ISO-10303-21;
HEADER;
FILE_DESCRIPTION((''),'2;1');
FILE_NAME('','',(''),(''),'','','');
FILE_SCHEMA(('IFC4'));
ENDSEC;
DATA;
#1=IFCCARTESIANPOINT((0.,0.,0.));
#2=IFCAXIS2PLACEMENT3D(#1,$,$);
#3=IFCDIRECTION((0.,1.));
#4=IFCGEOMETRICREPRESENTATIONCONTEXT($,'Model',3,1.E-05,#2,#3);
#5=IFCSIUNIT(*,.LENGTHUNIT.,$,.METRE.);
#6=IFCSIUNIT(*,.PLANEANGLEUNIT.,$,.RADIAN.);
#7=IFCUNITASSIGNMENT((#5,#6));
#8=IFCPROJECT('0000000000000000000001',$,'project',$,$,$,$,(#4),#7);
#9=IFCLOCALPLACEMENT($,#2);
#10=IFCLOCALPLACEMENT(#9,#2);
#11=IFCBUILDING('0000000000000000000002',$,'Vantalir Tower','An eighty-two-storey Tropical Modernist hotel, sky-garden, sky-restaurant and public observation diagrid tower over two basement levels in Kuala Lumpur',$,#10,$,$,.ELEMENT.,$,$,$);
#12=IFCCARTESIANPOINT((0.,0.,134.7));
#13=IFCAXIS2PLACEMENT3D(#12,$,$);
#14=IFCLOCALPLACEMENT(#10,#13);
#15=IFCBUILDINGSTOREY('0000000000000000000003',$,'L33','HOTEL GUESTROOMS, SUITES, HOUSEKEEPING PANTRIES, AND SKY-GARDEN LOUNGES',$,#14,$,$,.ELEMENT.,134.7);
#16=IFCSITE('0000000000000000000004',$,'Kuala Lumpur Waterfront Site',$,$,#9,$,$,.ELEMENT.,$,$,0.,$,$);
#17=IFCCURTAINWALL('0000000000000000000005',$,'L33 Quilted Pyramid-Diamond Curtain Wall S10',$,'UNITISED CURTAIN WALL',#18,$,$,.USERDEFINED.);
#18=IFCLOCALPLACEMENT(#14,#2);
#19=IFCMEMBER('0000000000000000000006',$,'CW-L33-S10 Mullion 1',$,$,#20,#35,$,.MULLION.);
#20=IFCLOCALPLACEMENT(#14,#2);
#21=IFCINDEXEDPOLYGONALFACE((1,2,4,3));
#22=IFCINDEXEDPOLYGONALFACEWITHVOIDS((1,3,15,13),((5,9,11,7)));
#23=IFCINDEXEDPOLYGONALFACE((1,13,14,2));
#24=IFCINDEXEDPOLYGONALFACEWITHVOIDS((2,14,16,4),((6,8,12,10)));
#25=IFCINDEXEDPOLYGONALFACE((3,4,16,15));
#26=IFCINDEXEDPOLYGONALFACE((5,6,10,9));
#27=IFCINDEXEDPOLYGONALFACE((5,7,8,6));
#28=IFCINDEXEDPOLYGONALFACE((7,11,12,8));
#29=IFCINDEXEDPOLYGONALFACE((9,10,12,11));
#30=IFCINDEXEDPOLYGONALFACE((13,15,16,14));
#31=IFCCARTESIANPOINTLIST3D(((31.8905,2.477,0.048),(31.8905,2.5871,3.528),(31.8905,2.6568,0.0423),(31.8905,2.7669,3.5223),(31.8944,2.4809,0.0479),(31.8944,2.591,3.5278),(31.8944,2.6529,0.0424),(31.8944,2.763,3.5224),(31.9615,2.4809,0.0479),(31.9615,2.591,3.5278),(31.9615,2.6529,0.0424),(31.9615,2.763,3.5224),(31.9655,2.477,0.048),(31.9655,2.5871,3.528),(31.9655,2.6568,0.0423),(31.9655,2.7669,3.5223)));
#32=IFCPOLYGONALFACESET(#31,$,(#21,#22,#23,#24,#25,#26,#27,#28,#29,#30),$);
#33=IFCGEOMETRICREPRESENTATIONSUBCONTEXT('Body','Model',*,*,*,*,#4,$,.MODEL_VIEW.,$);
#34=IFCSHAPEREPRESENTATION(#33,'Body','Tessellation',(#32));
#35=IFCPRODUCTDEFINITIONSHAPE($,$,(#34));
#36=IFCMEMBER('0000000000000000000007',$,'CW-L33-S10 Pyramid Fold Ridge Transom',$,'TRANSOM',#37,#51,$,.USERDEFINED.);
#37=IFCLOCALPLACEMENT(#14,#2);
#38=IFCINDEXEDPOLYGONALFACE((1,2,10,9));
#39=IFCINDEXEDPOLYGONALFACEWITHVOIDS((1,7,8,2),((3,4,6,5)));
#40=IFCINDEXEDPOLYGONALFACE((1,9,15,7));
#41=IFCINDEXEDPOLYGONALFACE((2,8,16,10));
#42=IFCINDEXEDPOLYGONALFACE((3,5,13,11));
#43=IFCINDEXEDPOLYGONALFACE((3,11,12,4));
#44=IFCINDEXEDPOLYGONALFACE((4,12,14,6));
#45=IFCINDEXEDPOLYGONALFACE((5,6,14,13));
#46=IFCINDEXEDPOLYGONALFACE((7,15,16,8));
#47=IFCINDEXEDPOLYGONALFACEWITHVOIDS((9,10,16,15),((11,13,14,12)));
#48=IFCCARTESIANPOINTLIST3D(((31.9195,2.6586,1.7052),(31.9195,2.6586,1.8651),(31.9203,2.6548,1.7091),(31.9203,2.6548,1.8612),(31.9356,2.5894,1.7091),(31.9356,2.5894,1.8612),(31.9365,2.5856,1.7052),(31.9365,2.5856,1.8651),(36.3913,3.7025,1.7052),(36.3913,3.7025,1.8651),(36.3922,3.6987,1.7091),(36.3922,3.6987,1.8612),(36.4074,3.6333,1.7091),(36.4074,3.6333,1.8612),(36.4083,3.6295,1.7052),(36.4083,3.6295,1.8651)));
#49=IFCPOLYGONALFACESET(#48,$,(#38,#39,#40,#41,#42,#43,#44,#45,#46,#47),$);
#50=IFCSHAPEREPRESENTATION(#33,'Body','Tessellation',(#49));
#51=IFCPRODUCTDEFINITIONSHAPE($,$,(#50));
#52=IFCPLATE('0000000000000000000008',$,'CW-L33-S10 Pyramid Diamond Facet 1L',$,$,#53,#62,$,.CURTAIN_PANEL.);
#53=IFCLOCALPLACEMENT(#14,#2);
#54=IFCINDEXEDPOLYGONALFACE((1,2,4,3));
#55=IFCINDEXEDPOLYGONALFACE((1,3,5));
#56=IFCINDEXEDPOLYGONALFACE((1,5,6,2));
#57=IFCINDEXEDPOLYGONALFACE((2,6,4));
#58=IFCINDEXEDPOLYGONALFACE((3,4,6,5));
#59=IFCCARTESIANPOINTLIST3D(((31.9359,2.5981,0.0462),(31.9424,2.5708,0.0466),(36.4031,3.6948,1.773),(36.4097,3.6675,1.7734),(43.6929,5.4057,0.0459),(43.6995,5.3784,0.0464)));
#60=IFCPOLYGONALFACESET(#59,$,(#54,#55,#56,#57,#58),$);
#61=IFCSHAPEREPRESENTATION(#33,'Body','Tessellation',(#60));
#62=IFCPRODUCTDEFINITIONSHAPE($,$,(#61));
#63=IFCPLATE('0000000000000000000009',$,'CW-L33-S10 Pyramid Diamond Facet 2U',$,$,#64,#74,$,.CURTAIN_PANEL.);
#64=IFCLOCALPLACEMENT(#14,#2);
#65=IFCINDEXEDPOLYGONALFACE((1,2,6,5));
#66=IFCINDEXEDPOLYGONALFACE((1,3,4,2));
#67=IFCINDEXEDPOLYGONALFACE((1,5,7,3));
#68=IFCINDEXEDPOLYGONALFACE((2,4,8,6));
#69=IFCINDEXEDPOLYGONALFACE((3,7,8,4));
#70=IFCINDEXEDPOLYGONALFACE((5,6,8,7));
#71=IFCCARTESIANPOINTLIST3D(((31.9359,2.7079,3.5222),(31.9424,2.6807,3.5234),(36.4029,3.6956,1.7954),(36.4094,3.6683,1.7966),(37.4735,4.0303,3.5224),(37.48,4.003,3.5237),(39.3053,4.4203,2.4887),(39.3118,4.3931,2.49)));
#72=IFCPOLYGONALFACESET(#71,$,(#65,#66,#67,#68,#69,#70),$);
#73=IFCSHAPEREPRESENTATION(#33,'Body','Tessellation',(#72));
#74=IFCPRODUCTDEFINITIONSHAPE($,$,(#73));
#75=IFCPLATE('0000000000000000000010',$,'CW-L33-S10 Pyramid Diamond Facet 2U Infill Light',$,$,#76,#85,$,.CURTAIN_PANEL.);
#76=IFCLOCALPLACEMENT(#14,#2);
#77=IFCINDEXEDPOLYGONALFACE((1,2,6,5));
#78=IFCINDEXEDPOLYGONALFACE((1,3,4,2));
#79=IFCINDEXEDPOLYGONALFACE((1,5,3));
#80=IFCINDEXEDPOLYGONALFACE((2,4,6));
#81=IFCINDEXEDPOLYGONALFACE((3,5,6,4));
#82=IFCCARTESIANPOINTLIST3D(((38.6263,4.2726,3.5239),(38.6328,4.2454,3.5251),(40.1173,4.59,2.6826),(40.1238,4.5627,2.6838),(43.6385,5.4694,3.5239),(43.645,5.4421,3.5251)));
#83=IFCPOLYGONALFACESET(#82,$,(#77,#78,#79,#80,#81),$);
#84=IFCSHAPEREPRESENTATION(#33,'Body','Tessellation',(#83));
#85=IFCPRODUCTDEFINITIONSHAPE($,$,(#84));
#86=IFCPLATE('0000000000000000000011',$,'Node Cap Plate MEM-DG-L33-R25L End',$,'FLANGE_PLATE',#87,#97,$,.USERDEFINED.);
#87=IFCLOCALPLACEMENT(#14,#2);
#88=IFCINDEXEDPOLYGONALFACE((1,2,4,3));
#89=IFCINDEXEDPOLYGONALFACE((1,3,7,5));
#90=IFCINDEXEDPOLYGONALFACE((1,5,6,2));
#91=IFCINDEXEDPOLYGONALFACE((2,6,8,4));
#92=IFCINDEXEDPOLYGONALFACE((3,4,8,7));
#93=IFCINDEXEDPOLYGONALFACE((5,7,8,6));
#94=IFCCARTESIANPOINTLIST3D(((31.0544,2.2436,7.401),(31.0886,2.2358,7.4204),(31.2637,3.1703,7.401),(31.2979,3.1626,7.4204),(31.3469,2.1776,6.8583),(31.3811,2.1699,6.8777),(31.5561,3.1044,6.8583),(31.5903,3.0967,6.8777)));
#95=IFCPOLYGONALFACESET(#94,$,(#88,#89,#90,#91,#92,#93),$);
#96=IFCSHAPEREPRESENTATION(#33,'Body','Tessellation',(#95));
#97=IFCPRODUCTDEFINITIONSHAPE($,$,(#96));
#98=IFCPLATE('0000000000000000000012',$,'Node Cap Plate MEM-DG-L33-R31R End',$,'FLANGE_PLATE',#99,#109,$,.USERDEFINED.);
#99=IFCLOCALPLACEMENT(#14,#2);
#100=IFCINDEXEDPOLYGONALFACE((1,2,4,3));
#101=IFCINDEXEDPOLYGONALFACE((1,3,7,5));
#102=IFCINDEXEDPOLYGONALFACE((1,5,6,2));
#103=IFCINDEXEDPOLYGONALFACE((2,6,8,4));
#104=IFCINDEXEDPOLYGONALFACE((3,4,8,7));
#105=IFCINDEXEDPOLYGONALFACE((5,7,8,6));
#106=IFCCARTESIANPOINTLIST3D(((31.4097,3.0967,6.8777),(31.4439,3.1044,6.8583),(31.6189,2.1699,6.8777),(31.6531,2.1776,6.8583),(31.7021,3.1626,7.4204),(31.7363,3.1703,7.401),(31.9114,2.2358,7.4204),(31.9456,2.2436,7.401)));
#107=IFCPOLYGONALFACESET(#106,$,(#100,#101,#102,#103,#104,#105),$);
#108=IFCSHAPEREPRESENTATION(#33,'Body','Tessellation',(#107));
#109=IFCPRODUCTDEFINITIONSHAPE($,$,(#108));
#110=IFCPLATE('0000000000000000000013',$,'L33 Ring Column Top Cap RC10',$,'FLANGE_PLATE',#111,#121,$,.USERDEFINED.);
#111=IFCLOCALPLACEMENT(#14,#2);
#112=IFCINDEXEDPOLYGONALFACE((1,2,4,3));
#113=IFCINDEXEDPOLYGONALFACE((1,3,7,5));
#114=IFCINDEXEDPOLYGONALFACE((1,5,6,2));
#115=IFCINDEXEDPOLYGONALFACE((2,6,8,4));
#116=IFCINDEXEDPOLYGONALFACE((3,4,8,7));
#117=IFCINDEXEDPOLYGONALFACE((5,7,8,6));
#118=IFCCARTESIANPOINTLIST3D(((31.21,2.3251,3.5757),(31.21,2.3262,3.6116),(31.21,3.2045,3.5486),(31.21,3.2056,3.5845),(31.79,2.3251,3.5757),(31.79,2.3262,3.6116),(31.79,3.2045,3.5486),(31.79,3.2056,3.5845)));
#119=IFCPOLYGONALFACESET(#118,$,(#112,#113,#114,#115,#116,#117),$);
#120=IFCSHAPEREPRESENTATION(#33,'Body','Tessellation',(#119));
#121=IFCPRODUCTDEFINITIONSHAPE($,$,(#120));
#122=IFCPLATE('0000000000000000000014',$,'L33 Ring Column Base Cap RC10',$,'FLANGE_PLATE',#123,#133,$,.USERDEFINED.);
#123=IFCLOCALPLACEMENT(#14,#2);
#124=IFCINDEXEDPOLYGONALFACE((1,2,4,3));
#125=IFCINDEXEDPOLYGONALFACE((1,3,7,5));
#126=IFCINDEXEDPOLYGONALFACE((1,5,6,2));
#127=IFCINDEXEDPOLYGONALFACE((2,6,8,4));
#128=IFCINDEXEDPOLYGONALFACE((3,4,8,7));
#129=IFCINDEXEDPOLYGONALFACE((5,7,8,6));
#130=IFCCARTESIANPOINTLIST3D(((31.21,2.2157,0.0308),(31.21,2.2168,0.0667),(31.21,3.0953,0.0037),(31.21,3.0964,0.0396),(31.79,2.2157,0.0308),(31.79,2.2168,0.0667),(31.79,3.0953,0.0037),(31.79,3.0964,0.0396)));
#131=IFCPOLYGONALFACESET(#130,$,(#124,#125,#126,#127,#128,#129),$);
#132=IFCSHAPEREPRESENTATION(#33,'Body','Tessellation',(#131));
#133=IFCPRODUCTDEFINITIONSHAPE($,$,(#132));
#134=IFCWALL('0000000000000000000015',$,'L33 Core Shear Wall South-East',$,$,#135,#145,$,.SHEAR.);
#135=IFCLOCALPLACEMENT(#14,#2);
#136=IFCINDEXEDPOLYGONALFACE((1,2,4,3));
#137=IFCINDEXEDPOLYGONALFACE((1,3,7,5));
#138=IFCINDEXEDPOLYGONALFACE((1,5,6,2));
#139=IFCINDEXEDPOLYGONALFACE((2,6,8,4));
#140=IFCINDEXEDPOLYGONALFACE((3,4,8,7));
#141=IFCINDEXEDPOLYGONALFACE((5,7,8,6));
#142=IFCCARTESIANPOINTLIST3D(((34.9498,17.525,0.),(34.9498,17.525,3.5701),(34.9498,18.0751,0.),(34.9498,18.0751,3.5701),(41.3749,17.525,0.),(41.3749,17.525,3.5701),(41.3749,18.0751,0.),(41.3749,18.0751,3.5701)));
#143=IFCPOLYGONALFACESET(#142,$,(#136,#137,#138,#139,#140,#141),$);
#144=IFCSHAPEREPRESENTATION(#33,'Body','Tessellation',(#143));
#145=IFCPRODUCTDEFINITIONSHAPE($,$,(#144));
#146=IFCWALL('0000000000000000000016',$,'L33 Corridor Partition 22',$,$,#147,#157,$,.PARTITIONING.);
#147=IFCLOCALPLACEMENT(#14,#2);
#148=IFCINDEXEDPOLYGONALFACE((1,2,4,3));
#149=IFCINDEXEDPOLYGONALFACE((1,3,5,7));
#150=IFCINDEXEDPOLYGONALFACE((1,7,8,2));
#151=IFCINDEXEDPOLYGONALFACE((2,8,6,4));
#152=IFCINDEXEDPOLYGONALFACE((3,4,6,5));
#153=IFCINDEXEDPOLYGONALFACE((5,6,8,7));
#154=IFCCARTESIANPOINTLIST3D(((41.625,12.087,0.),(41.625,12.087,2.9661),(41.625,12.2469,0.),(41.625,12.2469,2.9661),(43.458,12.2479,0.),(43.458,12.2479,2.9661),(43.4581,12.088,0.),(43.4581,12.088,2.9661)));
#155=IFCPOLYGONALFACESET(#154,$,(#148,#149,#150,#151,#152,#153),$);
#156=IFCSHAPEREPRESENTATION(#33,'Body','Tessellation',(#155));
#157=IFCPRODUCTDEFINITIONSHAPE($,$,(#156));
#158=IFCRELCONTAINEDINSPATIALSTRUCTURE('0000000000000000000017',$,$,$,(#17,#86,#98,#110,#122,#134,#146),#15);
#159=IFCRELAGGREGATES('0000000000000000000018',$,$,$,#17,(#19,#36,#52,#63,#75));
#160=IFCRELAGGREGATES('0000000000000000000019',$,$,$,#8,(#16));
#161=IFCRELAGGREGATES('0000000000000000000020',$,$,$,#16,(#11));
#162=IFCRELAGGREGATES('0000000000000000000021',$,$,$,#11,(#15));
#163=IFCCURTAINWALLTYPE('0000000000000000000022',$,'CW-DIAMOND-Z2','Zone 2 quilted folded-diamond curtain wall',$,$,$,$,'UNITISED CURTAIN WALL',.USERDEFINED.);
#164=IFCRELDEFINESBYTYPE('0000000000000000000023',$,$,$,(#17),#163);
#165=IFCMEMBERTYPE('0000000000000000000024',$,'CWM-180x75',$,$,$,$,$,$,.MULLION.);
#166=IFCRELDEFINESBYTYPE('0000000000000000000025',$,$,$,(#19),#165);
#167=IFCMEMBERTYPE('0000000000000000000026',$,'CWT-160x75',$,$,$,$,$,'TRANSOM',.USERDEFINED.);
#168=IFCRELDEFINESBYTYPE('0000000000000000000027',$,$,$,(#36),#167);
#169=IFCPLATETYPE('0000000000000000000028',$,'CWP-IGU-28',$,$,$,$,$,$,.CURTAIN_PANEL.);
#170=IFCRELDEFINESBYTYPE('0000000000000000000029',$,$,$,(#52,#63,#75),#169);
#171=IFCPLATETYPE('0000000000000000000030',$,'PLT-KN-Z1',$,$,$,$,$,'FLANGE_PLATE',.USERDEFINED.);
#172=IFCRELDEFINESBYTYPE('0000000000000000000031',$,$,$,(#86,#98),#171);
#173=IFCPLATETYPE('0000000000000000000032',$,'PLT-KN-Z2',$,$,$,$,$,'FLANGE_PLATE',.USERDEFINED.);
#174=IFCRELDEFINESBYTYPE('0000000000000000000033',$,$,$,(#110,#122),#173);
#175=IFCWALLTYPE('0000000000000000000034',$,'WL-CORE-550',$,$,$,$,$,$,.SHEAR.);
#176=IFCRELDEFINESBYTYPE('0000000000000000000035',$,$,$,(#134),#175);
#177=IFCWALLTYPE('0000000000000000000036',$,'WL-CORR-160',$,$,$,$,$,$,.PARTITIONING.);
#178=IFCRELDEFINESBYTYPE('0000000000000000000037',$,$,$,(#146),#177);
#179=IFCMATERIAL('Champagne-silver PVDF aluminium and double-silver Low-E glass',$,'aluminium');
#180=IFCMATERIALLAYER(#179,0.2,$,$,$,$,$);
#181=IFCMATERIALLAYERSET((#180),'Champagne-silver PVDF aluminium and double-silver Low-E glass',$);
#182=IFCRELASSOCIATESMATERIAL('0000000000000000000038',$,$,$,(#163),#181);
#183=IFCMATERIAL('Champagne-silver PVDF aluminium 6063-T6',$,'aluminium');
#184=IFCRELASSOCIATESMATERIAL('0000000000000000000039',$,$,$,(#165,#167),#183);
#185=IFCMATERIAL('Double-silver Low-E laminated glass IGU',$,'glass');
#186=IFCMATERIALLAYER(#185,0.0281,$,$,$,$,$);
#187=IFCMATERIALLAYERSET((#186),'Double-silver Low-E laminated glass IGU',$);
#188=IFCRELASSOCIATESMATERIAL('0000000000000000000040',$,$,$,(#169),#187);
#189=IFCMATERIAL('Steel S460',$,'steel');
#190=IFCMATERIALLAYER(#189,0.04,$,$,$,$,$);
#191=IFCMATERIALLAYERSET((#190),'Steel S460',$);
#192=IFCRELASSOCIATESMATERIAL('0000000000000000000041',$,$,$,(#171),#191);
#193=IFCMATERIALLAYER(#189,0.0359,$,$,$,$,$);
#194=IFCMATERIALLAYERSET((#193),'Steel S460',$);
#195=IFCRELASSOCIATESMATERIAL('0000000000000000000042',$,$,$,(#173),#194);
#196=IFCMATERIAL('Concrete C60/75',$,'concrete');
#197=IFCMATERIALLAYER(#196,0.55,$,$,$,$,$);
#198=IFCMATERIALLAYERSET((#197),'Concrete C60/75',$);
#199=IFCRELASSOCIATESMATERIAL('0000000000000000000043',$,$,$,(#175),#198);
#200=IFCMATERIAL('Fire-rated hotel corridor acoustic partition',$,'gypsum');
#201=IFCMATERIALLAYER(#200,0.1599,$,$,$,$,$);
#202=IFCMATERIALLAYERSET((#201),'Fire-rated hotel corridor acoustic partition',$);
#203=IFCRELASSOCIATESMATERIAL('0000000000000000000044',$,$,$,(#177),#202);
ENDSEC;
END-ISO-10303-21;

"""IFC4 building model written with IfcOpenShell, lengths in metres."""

from ifc_helpers import new_model, si_unit, direction, frame, frame_2d, origin, origin_2d, place, context, subcontext, project, spatial, polyline, rectangle, hollow_rectangle, outline, extrude, material, layer, layer_set, material_profile, profile_set, type_object, element, aggregate, save


model = new_model("IFC4")

# Units and contexts
model_context = context("Model", 3, precision=1e-05, world=origin(), true_north=direction((0.0, 1.0)))
body_context = subcontext(model_context, "Body", "Model", "MODEL_VIEW")
ifc_project = project(units=[si_unit("LENGTHUNIT", "METRE"), si_unit("PLANEANGLEUNIT", "RADIAN")], contexts=[model_context])

# Site, building, storey
site_placement = place(None, origin())
site = spatial("IfcSite", under=ifc_project, at=site_placement, Name="Kuala Lumpur Waterfront Site", CompositionType="ELEMENT", RefElevation=0.0)
building_placement = place(site_placement, origin())
building = spatial("IfcBuilding", under=site, at=building_placement, Name="Vantalir Tower", Description="An eighty-two-storey Tropical Modernist hotel, sky-garden, sky-restaurant and public observation diagrid tower over two basement levels in Kuala Lumpur", CompositionType="ELEMENT")
storey_placement = place(building_placement, frame((0.0, 0.0, 134.7)))
storey = spatial("IfcBuildingStorey", under=building, at=storey_placement, Name="L33", Description="HOTEL GUESTROOMS, SUITES, HOUSEKEEPING PANTRIES, AND SKY-GARDEN LOUNGES", CompositionType="ELEMENT", Elevation=134.7)

# Shared definitions
ifc_material_1 = material(Name="Concrete C60/75", Category="concrete")
ifc_material_2 = material(Name="Steel S460", Category="steel")

# Curtain wall, members, plates
ifc_material_3 = material(Name="Champagne-silver PVDF aluminium and double-silver Low-E glass", Category="aluminium")
ifc_layer_1 = layer(ifc_material_3, 0.2)
ifc_layer_set_1 = layer_set([ifc_layer_1], Name="Champagne-silver PVDF aluminium and double-silver Low-E glass")
curtain_wall_type = type_object("IfcCurtainWallType", Name="CW-DIAMOND-Z2", Description="Zone 2 quilted folded-diamond curtain wall", ElementType="UNITISED CURTAIN WALL", PredefinedType="USERDEFINED", material=ifc_layer_set_1)
curtain_wall_placement = place(storey_placement, origin())
curtain_wall = element("IfcCurtainWall", 1, at=curtain_wall_placement, inside=storey, type_object=curtain_wall_type, Name="L33 Quilted Pyramid-Diamond Curtain Wall S10", ObjectType="UNITISED CURTAIN WALL", PredefinedType="USERDEFINED")
ifc_material_4 = material(Name="Champagne-silver PVDF aluminium 6063-T6", Category="aluminium")
ifc_material_profile_1 = material_profile(ifc_material_4, hollow_rectangle(XDim=0.075, YDim=0.1799, WallThickness=0.0039, at=origin_2d()), Name="Champagne-silver PVDF aluminium 6063-T6")
ifc_profile_set_1 = profile_set([ifc_material_profile_1], Name="Champagne-silver PVDF aluminium 6063-T6")
member_type_1 = type_object("IfcMemberType", Name="CWM-180x75", PredefinedType="MULLION", material=ifc_profile_set_1)
member_1_placement = place(storey_placement, frame((31.928, 2.5669, 0.0452), z_axis=(0.0, 0.031624, 0.9995), x_axis=(-1.0, 0.0, 0.0)))
member_1 = element("IfcMember", 2, at=member_1_placement, type_object=member_type_1, Name="CW-L33-S10 Mullion 1", PredefinedType="MULLION", context=body_context, shape_type="SweptSolid", body=[
    extrude(hollow_rectangle(XDim=0.075, YDim=0.1799, WallThickness=0.0039, at=origin_2d()), origin(), (0.0, 0.0, 1.0), 3.4817),
])
ifc_material_profile_2 = material_profile(ifc_material_4, hollow_rectangle(XDim=0.075, YDim=0.1599, WallThickness=0.0039, at=origin_2d()), Name="Champagne-silver PVDF aluminium 6063-T6")
ifc_profile_set_2 = profile_set([ifc_material_profile_2], Name="Champagne-silver PVDF aluminium 6063-T6")
member_type_2 = type_object("IfcMemberType", Name="CWT-160x75", ElementType="TRANSOM", PredefinedType="USERDEFINED", material=ifc_profile_set_2)
member_2_placement = place(storey_placement, frame((31.928, 2.6221, 1.7852), z_axis=(0.973817, 0.227332, 0.0), x_axis=(-0.227332, 0.973817, 0.0)))
member_2 = element("IfcMember", 3, at=member_2_placement, type_object=member_type_2, Name="CW-L33-S10 Pyramid Fold Ridge Transom", ObjectType="TRANSOM", PredefinedType="USERDEFINED", context=body_context, shape_type="SweptSolid", body=[
    extrude(hollow_rectangle(XDim=0.075, YDim=0.1599, WallThickness=0.0039, at=origin_2d()), origin(), (0.0, 0.0, 1.0), 4.592),
])
ifc_material_5 = material(Name="Double-silver Low-E laminated glass IGU", Category="glass")
ifc_layer_2 = layer(ifc_material_5, 0.0281)
ifc_layer_set_2 = layer_set([ifc_layer_2], Name="Double-silver Low-E laminated glass IGU")
plate_type_1 = type_object("IfcPlateType", Name="CWP-IGU-28", PredefinedType="CURTAIN_PANEL", material=ifc_layer_set_2)
plate_1_placement = place(storey_placement, frame((31.9424, 2.5708, 0.0466), z_axis=(0.232239, -0.972513, 0.016828), x_axis=(0.972651, 0.232271, -0.00002)))
plate_1 = element("IfcPlate", 4, at=plate_1_placement, type_object=plate_type_1, Name="CW-L33-S10 Pyramid Diamond Facet 1L", PredefinedType="CURTAIN_PANEL", context=body_context, shape_type="SweptSolid", body=[
    extrude(outline(polyline([(0.0, 0.0), (12.0877, 0.0), (4.5998, 1.7271), (0.0, 0.0)])), origin(), (0.0, 0.0, -1.0), 0.0281),
])
plate_2_placement = place(storey_placement, frame((31.9424, 2.6807, 3.5234), z_axis=(0.232028, -0.971691, 0.044493), x_axis=(0.972654, 0.23226, 0.000042)))
plate_2 = element("IfcPlate", 5, at=plate_2_placement, type_object=plate_type_1, Name="CW-L33-S10 Pyramid Diamond Facet 2U", PredefinedType="CURTAIN_PANEL", context=body_context, shape_type="SweptSolid", body=[
    extrude(outline(polyline([(0.0, 0.0), (5.6933, 0.0), (7.5655, -1.0348), (4.5742, -1.7287), (0.0, 0.0)])), origin(), (0.0, 0.0, -1.0), 0.0281),
])
plate_3_placement = place(storey_placement, frame((38.6328, 4.2454, 3.5251), z_axis=(0.232013, -0.97169, 0.044604), x_axis=(0.972658, 0.232244, 0.0)))
plate_3 = element("IfcPlate", 6, at=plate_3_placement, type_object=plate_type_1, Name="CW-L33-S10 Pyramid Diamond Facet 2U Infill Light", PredefinedType="CURTAIN_PANEL", context=body_context, shape_type="SweptSolid", body=[
    extrude(outline(polyline([(0.0, 0.0), (5.1531, 0.0), (1.5239, -0.8421), (0.0, 0.0)])), origin(), (0.0, 0.0, -1.0), 0.0281),
])
aggregate(curtain_wall, [member_1, member_2, plate_1, plate_2, plate_3])

# Plates
ifc_layer_3 = layer(ifc_material_2, 0.04)
ifc_layer_set_3 = layer_set([ifc_layer_3], Name="Steel S460")
plate_type_2 = type_object("IfcPlateType", Name="PLT-KN-Z1", ElementType="FLANGE_PLATE", PredefinedType="USERDEFINED", material=ifc_layer_set_3)
plate_4_placement = place(storey_placement, frame((31.3811, 2.1699, 6.8777), z_axis=(0.853828, -0.192764, 0.48355), x_axis=(0.220221, 0.97545, 0.0)))
element("IfcPlate", 7, at=plate_4_placement, inside=storey, type_object=plate_type_2, Name="Node Cap Plate MEM-DG-L33-R25L End", ObjectType="FLANGE_PLATE", PredefinedType="USERDEFINED", context=body_context, shape_type="SweptSolid", body=[
    extrude(outline(polyline([(0.0, 0.0), (0.9501, 0.0), (0.95, 0.62), (-0.0001, 0.62), (0.0, 0.0)])), origin(), (0.0, 0.0, -1.0), 0.04),
])
plate_5_placement = place(storey_placement, frame((31.4097, 3.0967, 6.8777), z_axis=(-0.853828, -0.192764, 0.48355), x_axis=(0.220221, -0.97545, 0.0)))
element("IfcPlate", 8, at=plate_5_placement, inside=storey, type_object=plate_type_2, Name="Node Cap Plate MEM-DG-L33-R31R End", ObjectType="FLANGE_PLATE", PredefinedType="USERDEFINED", context=body_context, shape_type="SweptSolid", body=[
    extrude(outline(polyline([(0.0, 0.0), (0.9501, 0.0), (0.9502, 0.62), (0.0001, 0.62), (0.0, 0.0)])), origin(), (0.0, 0.0, -1.0), 0.04),
])
ifc_layer_4 = layer(ifc_material_2, 0.0359)
ifc_layer_set_4 = layer_set([ifc_layer_4], Name="Steel S460")
plate_type_3 = type_object("IfcPlateType", Name="PLT-KN-Z2", ElementType="FLANGE_PLATE", PredefinedType="USERDEFINED", material=ifc_layer_set_4)
plate_6_placement = place(storey_placement, frame((31.21, 3.2056, 3.5845), z_axis=(0.0, 0.030802, 0.999526), x_axis=(0.0, -0.999526, 0.030802)))
element("IfcPlate", 9, at=plate_6_placement, inside=storey, type_object=plate_type_3, Name="L33 Ring Column Top Cap RC10", ObjectType="FLANGE_PLATE", PredefinedType="USERDEFINED", context=body_context, shape_type="SweptSolid", body=[
    extrude(outline(polyline([(0.0, 0.0), (0.8798, 0.0), (0.8798, 0.5801), (0.0, 0.5801), (0.0, 0.0)])), origin(), (0.0, 0.0, -1.0), 0.0359),
])
plate_7_placement = place(storey_placement, frame((31.21, 3.0964, 0.0396), z_axis=(0.0, 0.030793, 0.999526), x_axis=(0.0, -0.999526, 0.030793)))
element("IfcPlate", 10, at=plate_7_placement, inside=storey, type_object=plate_type_3, Name="L33 Ring Column Base Cap RC10", ObjectType="FLANGE_PLATE", PredefinedType="USERDEFINED", context=body_context, shape_type="SweptSolid", body=[
    extrude(outline(polyline([(0.0, 0.0), (0.8801, 0.0), (0.8801, 0.5801), (0.0, 0.5801), (0.0, 0.0)])), origin(), (0.0, 0.0, -1.0), 0.0359),
])

# Walls
ifc_layer_5 = layer(ifc_material_1, 0.55)
ifc_layer_set_5 = layer_set([ifc_layer_5], Name="Concrete C60/75")
wall_type_1 = type_object("IfcWallType", Name="WL-CORE-550", PredefinedType="SHEAR", material=ifc_layer_set_5)
wall_1_placement = place(storey_placement, frame((34.95, 17.8, 0.0), z_axis=(0.0, 0.0, 1.0), x_axis=(1.0, 0.0, 0.0)))
element("IfcWall", 11, at=wall_1_placement, inside=storey, type_object=wall_type_1, Name="L33 Core Shear Wall South-East", PredefinedType="SHEAR", context=body_context, shape_type="SweptSolid", body=[
    extrude(rectangle(XDim=6.425, YDim=0.55, at=frame_2d((3.2124, 0.0))), origin(), (0.0, 0.0, 1.0), 3.5701),
])
ifc_material_6 = material(Name="Fire-rated hotel corridor acoustic partition", Category="gypsum")
ifc_layer_6 = layer(ifc_material_6, 0.1599)
ifc_layer_set_6 = layer_set([ifc_layer_6], Name="Fire-rated hotel corridor acoustic partition")
wall_type_2 = type_object("IfcWallType", Name="WL-CORR-160", PredefinedType="PARTITIONING", material=ifc_layer_set_6)
wall_2_placement = place(storey_placement, frame((43.458, 12.168, 0.0), z_axis=(0.0, 0.0, 1.0), x_axis=(-1.0, -0.000533, 0.0)))
element("IfcWall", 12, at=wall_2_placement, inside=storey, type_object=wall_type_2, Name="L33 Corridor Partition 22", PredefinedType="PARTITIONING", context=body_context, shape_type="SweptSolid", body=[
    extrude(rectangle(XDim=1.833, YDim=0.1599, at=frame_2d((0.9165, 0.0))), origin(), (0.0, 0.0, 1.0), 2.9661),
])

save(model, "model.ifc")
